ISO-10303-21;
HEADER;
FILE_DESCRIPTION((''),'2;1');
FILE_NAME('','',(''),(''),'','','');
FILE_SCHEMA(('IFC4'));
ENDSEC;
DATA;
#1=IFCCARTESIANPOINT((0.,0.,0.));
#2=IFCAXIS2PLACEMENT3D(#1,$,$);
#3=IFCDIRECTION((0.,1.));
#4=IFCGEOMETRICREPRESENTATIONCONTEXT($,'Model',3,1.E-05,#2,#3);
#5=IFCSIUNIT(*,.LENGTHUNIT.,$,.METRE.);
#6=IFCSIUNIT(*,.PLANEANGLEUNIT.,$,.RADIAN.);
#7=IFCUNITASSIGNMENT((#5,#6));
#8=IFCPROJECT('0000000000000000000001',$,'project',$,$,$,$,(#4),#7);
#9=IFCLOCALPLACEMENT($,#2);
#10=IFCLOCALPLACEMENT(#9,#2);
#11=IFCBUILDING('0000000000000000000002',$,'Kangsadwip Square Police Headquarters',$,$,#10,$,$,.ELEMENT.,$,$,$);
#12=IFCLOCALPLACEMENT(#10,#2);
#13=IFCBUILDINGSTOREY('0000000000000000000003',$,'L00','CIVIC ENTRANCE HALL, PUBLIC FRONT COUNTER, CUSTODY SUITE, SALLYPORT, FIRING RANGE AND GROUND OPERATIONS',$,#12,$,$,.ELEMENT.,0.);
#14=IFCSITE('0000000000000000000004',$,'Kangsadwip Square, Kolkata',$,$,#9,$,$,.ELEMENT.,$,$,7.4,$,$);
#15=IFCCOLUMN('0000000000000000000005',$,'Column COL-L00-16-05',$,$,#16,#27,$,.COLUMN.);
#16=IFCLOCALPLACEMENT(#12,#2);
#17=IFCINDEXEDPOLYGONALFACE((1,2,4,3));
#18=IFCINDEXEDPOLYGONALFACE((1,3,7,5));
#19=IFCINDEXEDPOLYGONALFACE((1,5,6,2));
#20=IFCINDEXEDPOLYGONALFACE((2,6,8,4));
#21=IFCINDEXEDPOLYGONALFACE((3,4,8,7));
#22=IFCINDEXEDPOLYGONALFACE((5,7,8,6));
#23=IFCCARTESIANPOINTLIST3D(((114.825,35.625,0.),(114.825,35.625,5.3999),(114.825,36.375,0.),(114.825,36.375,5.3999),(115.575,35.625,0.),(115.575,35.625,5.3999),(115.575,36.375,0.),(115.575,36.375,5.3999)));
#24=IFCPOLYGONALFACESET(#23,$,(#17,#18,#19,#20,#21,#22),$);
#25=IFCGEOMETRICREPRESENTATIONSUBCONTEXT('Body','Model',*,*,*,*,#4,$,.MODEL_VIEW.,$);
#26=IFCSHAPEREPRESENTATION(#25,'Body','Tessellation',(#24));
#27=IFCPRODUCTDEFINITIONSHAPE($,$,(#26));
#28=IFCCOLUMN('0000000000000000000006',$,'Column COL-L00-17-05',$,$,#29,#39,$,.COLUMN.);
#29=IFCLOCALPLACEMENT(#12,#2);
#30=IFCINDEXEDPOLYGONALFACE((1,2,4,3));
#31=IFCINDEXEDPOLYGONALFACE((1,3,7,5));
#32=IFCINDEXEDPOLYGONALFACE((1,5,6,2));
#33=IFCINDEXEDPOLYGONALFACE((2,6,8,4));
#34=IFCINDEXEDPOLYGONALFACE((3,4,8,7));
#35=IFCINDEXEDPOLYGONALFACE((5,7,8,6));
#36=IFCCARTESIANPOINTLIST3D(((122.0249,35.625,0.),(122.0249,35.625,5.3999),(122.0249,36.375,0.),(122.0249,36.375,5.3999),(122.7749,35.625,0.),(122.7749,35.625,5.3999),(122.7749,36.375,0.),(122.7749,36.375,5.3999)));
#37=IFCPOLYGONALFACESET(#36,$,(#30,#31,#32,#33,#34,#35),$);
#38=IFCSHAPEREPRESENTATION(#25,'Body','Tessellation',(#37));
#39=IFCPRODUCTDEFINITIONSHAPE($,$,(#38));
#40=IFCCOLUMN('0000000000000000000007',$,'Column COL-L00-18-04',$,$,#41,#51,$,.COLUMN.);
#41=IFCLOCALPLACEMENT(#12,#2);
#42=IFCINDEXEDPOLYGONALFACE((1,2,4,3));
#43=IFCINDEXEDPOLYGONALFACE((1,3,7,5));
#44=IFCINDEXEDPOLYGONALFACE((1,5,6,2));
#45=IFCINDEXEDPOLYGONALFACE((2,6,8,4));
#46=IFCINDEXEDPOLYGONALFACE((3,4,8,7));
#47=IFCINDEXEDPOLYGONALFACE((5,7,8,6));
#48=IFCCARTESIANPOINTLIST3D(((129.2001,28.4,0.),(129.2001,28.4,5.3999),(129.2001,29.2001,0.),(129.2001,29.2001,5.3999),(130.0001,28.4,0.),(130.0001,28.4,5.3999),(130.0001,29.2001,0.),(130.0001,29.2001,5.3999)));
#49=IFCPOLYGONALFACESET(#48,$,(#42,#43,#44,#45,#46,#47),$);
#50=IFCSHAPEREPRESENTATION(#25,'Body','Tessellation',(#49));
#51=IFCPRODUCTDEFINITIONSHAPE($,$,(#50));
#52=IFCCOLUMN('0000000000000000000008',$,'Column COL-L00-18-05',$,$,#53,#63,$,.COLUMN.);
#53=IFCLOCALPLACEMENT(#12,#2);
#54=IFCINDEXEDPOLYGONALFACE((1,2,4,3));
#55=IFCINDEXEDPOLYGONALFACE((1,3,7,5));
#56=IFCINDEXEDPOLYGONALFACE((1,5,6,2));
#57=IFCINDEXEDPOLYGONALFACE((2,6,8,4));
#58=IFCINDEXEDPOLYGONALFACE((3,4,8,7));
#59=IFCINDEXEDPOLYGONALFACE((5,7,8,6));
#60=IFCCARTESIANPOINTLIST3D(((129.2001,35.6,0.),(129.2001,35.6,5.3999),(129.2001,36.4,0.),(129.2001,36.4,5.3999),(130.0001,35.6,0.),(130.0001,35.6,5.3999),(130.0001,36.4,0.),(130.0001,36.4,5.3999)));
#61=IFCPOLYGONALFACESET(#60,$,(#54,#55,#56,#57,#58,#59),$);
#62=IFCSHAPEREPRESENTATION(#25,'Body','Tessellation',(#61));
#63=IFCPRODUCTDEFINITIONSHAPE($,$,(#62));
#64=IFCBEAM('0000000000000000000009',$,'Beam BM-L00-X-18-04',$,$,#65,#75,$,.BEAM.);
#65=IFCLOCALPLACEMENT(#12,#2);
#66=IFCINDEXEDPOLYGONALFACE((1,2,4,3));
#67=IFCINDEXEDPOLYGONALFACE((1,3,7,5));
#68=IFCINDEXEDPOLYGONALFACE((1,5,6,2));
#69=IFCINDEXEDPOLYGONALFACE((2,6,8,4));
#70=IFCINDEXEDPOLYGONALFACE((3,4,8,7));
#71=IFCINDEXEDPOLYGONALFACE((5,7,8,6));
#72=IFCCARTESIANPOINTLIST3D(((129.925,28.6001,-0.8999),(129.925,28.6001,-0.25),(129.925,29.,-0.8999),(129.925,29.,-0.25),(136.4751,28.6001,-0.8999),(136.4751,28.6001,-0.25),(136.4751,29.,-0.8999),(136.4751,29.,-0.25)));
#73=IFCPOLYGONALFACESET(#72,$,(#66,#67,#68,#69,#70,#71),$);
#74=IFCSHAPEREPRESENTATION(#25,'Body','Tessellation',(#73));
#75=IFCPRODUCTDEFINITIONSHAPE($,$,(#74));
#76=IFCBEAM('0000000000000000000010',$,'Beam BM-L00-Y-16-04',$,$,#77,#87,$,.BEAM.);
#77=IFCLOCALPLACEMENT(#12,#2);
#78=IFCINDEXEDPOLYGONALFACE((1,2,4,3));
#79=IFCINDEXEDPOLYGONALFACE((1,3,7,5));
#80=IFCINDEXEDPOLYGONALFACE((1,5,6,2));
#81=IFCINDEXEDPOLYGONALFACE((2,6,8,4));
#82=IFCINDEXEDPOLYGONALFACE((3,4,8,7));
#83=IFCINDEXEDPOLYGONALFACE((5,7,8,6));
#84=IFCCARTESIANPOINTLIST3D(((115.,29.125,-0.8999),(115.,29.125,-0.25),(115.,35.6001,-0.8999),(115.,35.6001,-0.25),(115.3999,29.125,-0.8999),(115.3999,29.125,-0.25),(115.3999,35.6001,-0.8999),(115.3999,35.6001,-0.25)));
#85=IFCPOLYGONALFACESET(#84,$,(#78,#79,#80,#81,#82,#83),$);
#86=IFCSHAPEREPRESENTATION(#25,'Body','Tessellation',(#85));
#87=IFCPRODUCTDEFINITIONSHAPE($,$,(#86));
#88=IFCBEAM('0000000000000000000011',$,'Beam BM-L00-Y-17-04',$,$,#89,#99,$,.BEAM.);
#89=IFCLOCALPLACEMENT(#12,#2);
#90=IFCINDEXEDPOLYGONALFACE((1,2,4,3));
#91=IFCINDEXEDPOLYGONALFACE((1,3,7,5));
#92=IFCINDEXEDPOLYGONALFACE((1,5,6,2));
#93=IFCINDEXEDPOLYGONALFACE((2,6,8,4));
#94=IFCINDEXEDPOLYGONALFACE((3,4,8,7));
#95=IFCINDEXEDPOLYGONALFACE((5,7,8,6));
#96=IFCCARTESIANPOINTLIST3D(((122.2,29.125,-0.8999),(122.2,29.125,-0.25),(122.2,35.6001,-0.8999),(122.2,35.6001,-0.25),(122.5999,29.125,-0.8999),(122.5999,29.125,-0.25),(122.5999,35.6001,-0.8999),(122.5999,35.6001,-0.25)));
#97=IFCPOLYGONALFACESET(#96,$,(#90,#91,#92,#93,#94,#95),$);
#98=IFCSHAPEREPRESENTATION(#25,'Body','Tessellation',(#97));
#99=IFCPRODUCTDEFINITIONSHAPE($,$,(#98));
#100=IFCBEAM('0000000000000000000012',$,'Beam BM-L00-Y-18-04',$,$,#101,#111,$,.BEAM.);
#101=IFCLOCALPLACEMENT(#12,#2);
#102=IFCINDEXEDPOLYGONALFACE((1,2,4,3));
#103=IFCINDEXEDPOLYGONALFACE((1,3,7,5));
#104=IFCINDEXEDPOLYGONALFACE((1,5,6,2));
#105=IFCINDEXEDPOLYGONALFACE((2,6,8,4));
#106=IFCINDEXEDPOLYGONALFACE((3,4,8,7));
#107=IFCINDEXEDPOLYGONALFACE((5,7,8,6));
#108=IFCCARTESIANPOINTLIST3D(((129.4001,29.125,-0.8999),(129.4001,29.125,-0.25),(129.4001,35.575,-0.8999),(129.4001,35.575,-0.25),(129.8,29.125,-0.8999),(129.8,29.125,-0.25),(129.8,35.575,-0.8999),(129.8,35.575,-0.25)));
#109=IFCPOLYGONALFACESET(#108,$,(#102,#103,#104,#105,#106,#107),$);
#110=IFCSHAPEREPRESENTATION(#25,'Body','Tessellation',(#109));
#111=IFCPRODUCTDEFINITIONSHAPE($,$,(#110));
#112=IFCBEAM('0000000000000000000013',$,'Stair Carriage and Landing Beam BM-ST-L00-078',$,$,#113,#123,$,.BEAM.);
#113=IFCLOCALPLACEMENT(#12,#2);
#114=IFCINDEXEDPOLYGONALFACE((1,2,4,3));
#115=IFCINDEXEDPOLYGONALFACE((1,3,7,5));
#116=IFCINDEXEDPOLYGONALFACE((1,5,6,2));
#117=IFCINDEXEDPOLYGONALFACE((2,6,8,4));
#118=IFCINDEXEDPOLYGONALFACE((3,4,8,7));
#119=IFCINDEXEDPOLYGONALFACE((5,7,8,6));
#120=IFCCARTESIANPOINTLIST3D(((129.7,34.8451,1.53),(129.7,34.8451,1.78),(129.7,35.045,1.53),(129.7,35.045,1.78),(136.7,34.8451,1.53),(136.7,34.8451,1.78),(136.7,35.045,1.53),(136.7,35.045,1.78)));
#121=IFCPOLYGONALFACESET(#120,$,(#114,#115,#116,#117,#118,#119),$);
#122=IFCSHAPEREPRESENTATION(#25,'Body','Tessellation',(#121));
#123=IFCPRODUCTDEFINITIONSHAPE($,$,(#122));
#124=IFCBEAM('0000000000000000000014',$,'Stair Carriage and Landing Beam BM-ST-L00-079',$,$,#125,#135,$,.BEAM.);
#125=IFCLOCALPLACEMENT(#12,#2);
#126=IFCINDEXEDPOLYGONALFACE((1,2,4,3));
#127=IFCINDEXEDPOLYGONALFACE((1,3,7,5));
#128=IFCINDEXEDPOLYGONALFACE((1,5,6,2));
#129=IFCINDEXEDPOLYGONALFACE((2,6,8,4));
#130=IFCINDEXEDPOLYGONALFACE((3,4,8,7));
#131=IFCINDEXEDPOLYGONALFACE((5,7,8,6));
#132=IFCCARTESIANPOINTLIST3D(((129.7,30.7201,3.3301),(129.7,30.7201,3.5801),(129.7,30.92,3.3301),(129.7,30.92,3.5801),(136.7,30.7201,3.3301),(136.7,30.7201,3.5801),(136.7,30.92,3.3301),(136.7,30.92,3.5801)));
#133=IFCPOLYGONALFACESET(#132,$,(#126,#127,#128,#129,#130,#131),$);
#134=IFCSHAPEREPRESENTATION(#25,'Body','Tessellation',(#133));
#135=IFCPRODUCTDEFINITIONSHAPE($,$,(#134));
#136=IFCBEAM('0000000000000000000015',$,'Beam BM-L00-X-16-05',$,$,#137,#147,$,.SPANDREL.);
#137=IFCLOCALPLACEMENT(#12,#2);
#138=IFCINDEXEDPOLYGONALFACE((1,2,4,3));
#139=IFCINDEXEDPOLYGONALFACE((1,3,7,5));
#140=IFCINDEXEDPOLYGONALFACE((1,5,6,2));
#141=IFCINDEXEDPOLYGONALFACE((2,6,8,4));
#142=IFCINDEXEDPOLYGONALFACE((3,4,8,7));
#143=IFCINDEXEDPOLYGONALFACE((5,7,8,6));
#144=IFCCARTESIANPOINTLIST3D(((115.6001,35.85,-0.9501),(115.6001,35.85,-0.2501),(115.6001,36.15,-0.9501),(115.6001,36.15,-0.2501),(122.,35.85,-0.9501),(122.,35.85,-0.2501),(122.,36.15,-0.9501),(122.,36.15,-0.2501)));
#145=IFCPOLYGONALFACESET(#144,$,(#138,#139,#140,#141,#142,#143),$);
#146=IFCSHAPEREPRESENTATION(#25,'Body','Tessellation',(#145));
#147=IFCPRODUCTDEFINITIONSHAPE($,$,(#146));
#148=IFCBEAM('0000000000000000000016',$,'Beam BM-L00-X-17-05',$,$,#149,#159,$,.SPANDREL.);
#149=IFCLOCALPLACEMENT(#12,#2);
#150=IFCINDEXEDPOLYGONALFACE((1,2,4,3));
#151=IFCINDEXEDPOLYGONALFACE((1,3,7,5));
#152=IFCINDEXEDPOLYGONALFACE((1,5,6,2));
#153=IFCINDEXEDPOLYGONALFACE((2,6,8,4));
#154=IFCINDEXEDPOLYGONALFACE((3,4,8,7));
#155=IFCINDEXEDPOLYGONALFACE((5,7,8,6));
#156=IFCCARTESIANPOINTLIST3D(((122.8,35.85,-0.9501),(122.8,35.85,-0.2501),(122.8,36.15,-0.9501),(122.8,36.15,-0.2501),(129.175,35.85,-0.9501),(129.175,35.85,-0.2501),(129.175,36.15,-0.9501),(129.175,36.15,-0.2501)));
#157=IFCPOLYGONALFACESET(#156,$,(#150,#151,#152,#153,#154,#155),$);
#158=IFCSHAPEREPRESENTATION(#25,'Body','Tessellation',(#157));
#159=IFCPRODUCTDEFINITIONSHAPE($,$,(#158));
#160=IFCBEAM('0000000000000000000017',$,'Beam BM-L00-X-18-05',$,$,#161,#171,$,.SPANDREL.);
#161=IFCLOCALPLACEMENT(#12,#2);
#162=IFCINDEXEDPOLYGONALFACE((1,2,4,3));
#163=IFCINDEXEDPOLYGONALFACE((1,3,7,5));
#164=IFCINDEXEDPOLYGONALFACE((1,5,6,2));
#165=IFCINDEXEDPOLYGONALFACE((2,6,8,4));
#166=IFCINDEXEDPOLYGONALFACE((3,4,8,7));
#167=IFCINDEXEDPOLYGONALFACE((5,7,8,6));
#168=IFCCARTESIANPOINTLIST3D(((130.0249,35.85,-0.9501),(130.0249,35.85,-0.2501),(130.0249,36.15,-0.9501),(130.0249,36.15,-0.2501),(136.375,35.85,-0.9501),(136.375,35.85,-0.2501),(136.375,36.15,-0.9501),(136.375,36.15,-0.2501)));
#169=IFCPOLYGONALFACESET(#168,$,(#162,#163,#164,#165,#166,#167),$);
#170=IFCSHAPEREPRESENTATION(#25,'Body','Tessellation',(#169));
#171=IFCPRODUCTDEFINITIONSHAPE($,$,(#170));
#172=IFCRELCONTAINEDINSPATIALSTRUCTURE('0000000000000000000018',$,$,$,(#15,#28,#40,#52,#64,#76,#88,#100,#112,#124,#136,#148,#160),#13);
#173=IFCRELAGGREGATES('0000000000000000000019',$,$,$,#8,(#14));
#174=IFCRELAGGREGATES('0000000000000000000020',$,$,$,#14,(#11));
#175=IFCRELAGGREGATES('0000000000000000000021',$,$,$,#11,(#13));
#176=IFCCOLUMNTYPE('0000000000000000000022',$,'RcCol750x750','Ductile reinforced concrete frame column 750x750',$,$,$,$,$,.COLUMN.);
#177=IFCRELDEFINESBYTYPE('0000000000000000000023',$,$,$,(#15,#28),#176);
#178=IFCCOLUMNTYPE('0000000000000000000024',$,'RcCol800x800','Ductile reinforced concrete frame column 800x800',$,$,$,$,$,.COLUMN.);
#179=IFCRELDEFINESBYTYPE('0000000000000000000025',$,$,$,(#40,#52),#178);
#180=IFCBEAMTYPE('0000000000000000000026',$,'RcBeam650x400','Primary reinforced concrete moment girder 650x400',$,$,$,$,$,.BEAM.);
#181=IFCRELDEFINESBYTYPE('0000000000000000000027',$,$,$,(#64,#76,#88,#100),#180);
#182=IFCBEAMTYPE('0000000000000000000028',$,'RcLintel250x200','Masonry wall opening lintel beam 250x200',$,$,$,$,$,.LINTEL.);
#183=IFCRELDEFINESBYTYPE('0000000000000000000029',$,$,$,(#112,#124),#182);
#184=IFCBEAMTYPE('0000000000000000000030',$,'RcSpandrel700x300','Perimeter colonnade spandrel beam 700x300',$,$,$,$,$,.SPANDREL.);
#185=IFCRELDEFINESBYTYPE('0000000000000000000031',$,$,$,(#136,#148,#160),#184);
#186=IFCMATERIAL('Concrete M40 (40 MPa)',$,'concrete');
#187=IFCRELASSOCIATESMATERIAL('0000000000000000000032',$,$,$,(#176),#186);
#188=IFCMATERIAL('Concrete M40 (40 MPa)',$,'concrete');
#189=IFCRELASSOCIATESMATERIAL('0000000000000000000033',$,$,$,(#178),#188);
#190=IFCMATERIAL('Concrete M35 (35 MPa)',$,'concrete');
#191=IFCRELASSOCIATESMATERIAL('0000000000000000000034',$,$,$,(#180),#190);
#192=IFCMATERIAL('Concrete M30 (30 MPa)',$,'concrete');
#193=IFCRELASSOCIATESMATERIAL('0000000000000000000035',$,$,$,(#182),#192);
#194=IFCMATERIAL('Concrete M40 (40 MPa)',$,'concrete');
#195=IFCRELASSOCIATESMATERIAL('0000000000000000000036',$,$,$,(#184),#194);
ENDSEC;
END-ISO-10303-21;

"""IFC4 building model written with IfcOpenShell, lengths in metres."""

from ifc_helpers import new_model, si_unit, direction, frame, origin, origin_2d, place, context, subcontext, project, spatial, rectangle, extrude, material, material_profile, profile_set, type_object, element, save


model = new_model("IFC4")

# Units and contexts
model_context = context("Model", 3, precision=1e-05, world=origin(), true_north=direction((0.0, 1.0)))
body_context = subcontext(model_context, "Body", "Model", "MODEL_VIEW")
ifc_project = project(units=[si_unit("LENGTHUNIT", "METRE"), si_unit("PLANEANGLEUNIT", "RADIAN")], contexts=[model_context])

# Site, building, storey
site_placement = place(None, origin())
site = spatial("IfcSite", under=ifc_project, at=site_placement, Name="Kangsadwip Square, Kolkata", CompositionType="ELEMENT", RefElevation=7.4)
building_placement = place(site_placement, origin())
building = spatial("IfcBuilding", under=site, at=building_placement, Name="Kangsadwip Square Police Headquarters", CompositionType="ELEMENT")
storey_placement = place(building_placement, origin())
storey = spatial("IfcBuildingStorey", under=building, at=storey_placement, Name="L00", Description="CIVIC ENTRANCE HALL, PUBLIC FRONT COUNTER, CUSTODY SUITE, SALLYPORT, FIRING RANGE AND GROUND OPERATIONS", CompositionType="ELEMENT", Elevation=0.0)

# Columns
ifc_material_1 = material(Name="Concrete M40 (40 MPa)", Category="concrete")
ifc_material_profile_1 = material_profile(ifc_material_1, rectangle(XDim=0.75, YDim=0.75, at=origin_2d()), Name="RC COL 750X750")
ifc_profile_set_1 = profile_set([ifc_material_profile_1], Name="Concrete M40 (40 MPa)")
column_type_1 = type_object("IfcColumnType", Name="RcCol750x750", Description="Ductile reinforced concrete frame column 750x750", PredefinedType="COLUMN", material=ifc_profile_set_1)
for number, where, z_axis, x_axis, name in (
    (1, (115.2, 36.0, 0.0), (0.0, 0.0, 1.0), (1.0, 0.0, 0.0), "Column COL-L00-16-05"),
    (2, (122.3999, 36.0, 0.0), (0.0, 0.0, 1.0), (1.0, 0.0, 0.0), "Column COL-L00-17-05"),
):
    element("IfcColumn", number, at=place(storey_placement, frame(where, z_axis=z_axis, x_axis=x_axis)), inside=storey, type_object=column_type_1, Name=name, PredefinedType="COLUMN", context=body_context, shape_type="SweptSolid", body=[
        extrude(rectangle(XDim=0.75, YDim=0.75, at=origin_2d()), origin(), (0.0, 0.0, 1.0), 5.3999),
    ])
ifc_material_2 = material(Name="Concrete M40 (40 MPa)", Category="concrete")
ifc_material_profile_2 = material_profile(ifc_material_2, rectangle(XDim=0.8, YDim=0.8, at=origin_2d()), Name="RC COL 800X800")
ifc_profile_set_2 = profile_set([ifc_material_profile_2], Name="Concrete M40 (40 MPa)")
column_type_2 = type_object("IfcColumnType", Name="RcCol800x800", Description="Ductile reinforced concrete frame column 800x800", PredefinedType="COLUMN", material=ifc_profile_set_2)
for number, where, z_axis, x_axis, name in (
    (3, (129.6001, 28.8, 0.0), (0.0, 0.0, 1.0), (1.0, 0.0, 0.0), "Column COL-L00-18-04"),
    (4, (129.6001, 36.0, 0.0), (0.0, 0.0, 1.0), (1.0, 0.0, 0.0), "Column COL-L00-18-05"),
):
    element("IfcColumn", number, at=place(storey_placement, frame(where, z_axis=z_axis, x_axis=x_axis)), inside=storey, type_object=column_type_2, Name=name, PredefinedType="COLUMN", context=body_context, shape_type="SweptSolid", body=[
        extrude(rectangle(XDim=0.8, YDim=0.8, at=origin_2d()), origin(), (0.0, 0.0, 1.0), 5.3999),
    ])

# Beams
ifc_material_3 = material(Name="Concrete M35 (35 MPa)", Category="concrete")
ifc_material_profile_3 = material_profile(ifc_material_3, rectangle(XDim=0.3999, YDim=0.6499, at=origin_2d()), Name="RC BM 650X400")
ifc_profile_set_3 = profile_set([ifc_material_profile_3], Name="Concrete M35 (35 MPa)")
beam_type_1 = type_object("IfcBeamType", Name="RcBeam650x400", Description="Primary reinforced concrete moment girder 650x400", PredefinedType="BEAM", material=ifc_profile_set_3)
beam_1_placement = place(storey_placement, frame((129.925, 28.8, -0.575), z_axis=(1.0, 0.0, 0.0), x_axis=(0.0, 1.0, 0.0)))
element("IfcBeam", 5, at=beam_1_placement, inside=storey, type_object=beam_type_1, Name="Beam BM-L00-X-18-04", PredefinedType="BEAM", context=body_context, shape_type="SweptSolid", body=[
    extrude(rectangle(XDim=0.3999, YDim=0.6499, at=origin_2d()), origin(), (0.0, 0.0, 1.0), 6.55),
])
for number, where, z_axis, x_axis, name in (
    (6, (115.2, 29.125, -0.575), (0.0, 1.0, 0.0), (-1.0, 0.0, 0.0), "Beam BM-L00-Y-16-04"),
    (7, (122.3999, 29.125, -0.575), (0.0, 1.0, 0.0), (-1.0, 0.0, 0.0), "Beam BM-L00-Y-17-04"),
):
    element("IfcBeam", number, at=place(storey_placement, frame(where, z_axis=z_axis, x_axis=x_axis)), inside=storey, type_object=beam_type_1, Name=name, PredefinedType="BEAM", context=body_context, shape_type="SweptSolid", body=[
        extrude(rectangle(XDim=0.3999, YDim=0.6499, at=origin_2d()), origin(), (0.0, 0.0, 1.0), 6.4751),
    ])
beam_2_placement = place(storey_placement, frame((129.6001, 29.125, -0.575), z_axis=(0.0, 1.0, 0.0), x_axis=(-1.0, 0.0, 0.0)))
element("IfcBeam", 8, at=beam_2_placement, inside=storey, type_object=beam_type_1, Name="Beam BM-L00-Y-18-04", PredefinedType="BEAM", context=body_context, shape_type="SweptSolid", body=[
    extrude(rectangle(XDim=0.3999, YDim=0.6499, at=origin_2d()), origin(), (0.0, 0.0, 1.0), 6.45),
])
ifc_material_4 = material(Name="Concrete M30 (30 MPa)", Category="concrete")
ifc_material_profile_4 = material_profile(ifc_material_4, rectangle(XDim=0.2, YDim=0.25, at=origin_2d()), Name="RC LNT 250X200")
ifc_profile_set_4 = profile_set([ifc_material_profile_4], Name="Concrete M30 (30 MPa)")
beam_type_2 = type_object("IfcBeamType", Name="RcLintel250x200", Description="Masonry wall opening lintel beam 250x200", PredefinedType="LINTEL", material=ifc_profile_set_4)
for number, where, z_axis, x_axis, name in (
    (9, (129.7, 34.9451, 1.655), (1.0, 0.0, 0.0), (0.0, 1.0, 0.0), "Stair Carriage and Landing Beam BM-ST-L00-078"),
    (10, (129.7, 30.8201, 3.4551), (1.0, 0.0, 0.0), (0.0, 1.0, 0.0), "Stair Carriage and Landing Beam BM-ST-L00-079"),
):
    element("IfcBeam", number, at=place(storey_placement, frame(where, z_axis=z_axis, x_axis=x_axis)), inside=storey, type_object=beam_type_2, Name=name, PredefinedType="BEAM", context=body_context, shape_type="SweptSolid", body=[
        extrude(rectangle(XDim=0.2, YDim=0.25, at=origin_2d()), origin(), (0.0, 0.0, 1.0), 7.0),
    ])
ifc_material_5 = material(Name="Concrete M40 (40 MPa)", Category="concrete")
ifc_material_profile_5 = material_profile(ifc_material_5, rectangle(XDim=0.3, YDim=0.7, at=origin_2d()), Name="RC SPN 700X300")
ifc_profile_set_5 = profile_set([ifc_material_profile_5], Name="Concrete M40 (40 MPa)")
beam_type_3 = type_object("IfcBeamType", Name="RcSpandrel700x300", Description="Perimeter colonnade spandrel beam 700x300", PredefinedType="SPANDREL", material=ifc_profile_set_5)
beam_3_placement = place(storey_placement, frame((115.6001, 36.0, -0.6001), z_axis=(1.0, 0.0, 0.0), x_axis=(0.0, 1.0, 0.0)))
element("IfcBeam", 11, at=beam_3_placement, inside=storey, type_object=beam_type_3, Name="Beam BM-L00-X-16-05", PredefinedType="SPANDREL", context=body_context, shape_type="SweptSolid", body=[
    extrude(rectangle(XDim=0.3, YDim=0.7, at=origin_2d()), origin(), (0.0, 0.0, 1.0), 6.3999),
])
beam_4_placement = place(storey_placement, frame((122.8, 36.0, -0.6001), z_axis=(1.0, 0.0, 0.0), x_axis=(0.0, 1.0, 0.0)))
element("IfcBeam", 12, at=beam_4_placement, inside=storey, type_object=beam_type_3, Name="Beam BM-L00-X-17-05", PredefinedType="SPANDREL", context=body_context, shape_type="SweptSolid", body=[
    extrude(rectangle(XDim=0.3, YDim=0.7, at=origin_2d()), origin(), (0.0, 0.0, 1.0), 6.375),
])
beam_5_placement = place(storey_placement, frame((130.0249, 36.0, -0.6001), z_axis=(1.0, 0.0, 0.0), x_axis=(0.0, 1.0, 0.0)))
element("IfcBeam", 13, at=beam_5_placement, inside=storey, type_object=beam_type_3, Name="Beam BM-L00-X-18-05", PredefinedType="SPANDREL", context=body_context, shape_type="SweptSolid", body=[
    extrude(rectangle(XDim=0.3, YDim=0.7, at=origin_2d()), origin(), (0.0, 0.0, 1.0), 6.3501),
])

save(model, "model.ifc")
